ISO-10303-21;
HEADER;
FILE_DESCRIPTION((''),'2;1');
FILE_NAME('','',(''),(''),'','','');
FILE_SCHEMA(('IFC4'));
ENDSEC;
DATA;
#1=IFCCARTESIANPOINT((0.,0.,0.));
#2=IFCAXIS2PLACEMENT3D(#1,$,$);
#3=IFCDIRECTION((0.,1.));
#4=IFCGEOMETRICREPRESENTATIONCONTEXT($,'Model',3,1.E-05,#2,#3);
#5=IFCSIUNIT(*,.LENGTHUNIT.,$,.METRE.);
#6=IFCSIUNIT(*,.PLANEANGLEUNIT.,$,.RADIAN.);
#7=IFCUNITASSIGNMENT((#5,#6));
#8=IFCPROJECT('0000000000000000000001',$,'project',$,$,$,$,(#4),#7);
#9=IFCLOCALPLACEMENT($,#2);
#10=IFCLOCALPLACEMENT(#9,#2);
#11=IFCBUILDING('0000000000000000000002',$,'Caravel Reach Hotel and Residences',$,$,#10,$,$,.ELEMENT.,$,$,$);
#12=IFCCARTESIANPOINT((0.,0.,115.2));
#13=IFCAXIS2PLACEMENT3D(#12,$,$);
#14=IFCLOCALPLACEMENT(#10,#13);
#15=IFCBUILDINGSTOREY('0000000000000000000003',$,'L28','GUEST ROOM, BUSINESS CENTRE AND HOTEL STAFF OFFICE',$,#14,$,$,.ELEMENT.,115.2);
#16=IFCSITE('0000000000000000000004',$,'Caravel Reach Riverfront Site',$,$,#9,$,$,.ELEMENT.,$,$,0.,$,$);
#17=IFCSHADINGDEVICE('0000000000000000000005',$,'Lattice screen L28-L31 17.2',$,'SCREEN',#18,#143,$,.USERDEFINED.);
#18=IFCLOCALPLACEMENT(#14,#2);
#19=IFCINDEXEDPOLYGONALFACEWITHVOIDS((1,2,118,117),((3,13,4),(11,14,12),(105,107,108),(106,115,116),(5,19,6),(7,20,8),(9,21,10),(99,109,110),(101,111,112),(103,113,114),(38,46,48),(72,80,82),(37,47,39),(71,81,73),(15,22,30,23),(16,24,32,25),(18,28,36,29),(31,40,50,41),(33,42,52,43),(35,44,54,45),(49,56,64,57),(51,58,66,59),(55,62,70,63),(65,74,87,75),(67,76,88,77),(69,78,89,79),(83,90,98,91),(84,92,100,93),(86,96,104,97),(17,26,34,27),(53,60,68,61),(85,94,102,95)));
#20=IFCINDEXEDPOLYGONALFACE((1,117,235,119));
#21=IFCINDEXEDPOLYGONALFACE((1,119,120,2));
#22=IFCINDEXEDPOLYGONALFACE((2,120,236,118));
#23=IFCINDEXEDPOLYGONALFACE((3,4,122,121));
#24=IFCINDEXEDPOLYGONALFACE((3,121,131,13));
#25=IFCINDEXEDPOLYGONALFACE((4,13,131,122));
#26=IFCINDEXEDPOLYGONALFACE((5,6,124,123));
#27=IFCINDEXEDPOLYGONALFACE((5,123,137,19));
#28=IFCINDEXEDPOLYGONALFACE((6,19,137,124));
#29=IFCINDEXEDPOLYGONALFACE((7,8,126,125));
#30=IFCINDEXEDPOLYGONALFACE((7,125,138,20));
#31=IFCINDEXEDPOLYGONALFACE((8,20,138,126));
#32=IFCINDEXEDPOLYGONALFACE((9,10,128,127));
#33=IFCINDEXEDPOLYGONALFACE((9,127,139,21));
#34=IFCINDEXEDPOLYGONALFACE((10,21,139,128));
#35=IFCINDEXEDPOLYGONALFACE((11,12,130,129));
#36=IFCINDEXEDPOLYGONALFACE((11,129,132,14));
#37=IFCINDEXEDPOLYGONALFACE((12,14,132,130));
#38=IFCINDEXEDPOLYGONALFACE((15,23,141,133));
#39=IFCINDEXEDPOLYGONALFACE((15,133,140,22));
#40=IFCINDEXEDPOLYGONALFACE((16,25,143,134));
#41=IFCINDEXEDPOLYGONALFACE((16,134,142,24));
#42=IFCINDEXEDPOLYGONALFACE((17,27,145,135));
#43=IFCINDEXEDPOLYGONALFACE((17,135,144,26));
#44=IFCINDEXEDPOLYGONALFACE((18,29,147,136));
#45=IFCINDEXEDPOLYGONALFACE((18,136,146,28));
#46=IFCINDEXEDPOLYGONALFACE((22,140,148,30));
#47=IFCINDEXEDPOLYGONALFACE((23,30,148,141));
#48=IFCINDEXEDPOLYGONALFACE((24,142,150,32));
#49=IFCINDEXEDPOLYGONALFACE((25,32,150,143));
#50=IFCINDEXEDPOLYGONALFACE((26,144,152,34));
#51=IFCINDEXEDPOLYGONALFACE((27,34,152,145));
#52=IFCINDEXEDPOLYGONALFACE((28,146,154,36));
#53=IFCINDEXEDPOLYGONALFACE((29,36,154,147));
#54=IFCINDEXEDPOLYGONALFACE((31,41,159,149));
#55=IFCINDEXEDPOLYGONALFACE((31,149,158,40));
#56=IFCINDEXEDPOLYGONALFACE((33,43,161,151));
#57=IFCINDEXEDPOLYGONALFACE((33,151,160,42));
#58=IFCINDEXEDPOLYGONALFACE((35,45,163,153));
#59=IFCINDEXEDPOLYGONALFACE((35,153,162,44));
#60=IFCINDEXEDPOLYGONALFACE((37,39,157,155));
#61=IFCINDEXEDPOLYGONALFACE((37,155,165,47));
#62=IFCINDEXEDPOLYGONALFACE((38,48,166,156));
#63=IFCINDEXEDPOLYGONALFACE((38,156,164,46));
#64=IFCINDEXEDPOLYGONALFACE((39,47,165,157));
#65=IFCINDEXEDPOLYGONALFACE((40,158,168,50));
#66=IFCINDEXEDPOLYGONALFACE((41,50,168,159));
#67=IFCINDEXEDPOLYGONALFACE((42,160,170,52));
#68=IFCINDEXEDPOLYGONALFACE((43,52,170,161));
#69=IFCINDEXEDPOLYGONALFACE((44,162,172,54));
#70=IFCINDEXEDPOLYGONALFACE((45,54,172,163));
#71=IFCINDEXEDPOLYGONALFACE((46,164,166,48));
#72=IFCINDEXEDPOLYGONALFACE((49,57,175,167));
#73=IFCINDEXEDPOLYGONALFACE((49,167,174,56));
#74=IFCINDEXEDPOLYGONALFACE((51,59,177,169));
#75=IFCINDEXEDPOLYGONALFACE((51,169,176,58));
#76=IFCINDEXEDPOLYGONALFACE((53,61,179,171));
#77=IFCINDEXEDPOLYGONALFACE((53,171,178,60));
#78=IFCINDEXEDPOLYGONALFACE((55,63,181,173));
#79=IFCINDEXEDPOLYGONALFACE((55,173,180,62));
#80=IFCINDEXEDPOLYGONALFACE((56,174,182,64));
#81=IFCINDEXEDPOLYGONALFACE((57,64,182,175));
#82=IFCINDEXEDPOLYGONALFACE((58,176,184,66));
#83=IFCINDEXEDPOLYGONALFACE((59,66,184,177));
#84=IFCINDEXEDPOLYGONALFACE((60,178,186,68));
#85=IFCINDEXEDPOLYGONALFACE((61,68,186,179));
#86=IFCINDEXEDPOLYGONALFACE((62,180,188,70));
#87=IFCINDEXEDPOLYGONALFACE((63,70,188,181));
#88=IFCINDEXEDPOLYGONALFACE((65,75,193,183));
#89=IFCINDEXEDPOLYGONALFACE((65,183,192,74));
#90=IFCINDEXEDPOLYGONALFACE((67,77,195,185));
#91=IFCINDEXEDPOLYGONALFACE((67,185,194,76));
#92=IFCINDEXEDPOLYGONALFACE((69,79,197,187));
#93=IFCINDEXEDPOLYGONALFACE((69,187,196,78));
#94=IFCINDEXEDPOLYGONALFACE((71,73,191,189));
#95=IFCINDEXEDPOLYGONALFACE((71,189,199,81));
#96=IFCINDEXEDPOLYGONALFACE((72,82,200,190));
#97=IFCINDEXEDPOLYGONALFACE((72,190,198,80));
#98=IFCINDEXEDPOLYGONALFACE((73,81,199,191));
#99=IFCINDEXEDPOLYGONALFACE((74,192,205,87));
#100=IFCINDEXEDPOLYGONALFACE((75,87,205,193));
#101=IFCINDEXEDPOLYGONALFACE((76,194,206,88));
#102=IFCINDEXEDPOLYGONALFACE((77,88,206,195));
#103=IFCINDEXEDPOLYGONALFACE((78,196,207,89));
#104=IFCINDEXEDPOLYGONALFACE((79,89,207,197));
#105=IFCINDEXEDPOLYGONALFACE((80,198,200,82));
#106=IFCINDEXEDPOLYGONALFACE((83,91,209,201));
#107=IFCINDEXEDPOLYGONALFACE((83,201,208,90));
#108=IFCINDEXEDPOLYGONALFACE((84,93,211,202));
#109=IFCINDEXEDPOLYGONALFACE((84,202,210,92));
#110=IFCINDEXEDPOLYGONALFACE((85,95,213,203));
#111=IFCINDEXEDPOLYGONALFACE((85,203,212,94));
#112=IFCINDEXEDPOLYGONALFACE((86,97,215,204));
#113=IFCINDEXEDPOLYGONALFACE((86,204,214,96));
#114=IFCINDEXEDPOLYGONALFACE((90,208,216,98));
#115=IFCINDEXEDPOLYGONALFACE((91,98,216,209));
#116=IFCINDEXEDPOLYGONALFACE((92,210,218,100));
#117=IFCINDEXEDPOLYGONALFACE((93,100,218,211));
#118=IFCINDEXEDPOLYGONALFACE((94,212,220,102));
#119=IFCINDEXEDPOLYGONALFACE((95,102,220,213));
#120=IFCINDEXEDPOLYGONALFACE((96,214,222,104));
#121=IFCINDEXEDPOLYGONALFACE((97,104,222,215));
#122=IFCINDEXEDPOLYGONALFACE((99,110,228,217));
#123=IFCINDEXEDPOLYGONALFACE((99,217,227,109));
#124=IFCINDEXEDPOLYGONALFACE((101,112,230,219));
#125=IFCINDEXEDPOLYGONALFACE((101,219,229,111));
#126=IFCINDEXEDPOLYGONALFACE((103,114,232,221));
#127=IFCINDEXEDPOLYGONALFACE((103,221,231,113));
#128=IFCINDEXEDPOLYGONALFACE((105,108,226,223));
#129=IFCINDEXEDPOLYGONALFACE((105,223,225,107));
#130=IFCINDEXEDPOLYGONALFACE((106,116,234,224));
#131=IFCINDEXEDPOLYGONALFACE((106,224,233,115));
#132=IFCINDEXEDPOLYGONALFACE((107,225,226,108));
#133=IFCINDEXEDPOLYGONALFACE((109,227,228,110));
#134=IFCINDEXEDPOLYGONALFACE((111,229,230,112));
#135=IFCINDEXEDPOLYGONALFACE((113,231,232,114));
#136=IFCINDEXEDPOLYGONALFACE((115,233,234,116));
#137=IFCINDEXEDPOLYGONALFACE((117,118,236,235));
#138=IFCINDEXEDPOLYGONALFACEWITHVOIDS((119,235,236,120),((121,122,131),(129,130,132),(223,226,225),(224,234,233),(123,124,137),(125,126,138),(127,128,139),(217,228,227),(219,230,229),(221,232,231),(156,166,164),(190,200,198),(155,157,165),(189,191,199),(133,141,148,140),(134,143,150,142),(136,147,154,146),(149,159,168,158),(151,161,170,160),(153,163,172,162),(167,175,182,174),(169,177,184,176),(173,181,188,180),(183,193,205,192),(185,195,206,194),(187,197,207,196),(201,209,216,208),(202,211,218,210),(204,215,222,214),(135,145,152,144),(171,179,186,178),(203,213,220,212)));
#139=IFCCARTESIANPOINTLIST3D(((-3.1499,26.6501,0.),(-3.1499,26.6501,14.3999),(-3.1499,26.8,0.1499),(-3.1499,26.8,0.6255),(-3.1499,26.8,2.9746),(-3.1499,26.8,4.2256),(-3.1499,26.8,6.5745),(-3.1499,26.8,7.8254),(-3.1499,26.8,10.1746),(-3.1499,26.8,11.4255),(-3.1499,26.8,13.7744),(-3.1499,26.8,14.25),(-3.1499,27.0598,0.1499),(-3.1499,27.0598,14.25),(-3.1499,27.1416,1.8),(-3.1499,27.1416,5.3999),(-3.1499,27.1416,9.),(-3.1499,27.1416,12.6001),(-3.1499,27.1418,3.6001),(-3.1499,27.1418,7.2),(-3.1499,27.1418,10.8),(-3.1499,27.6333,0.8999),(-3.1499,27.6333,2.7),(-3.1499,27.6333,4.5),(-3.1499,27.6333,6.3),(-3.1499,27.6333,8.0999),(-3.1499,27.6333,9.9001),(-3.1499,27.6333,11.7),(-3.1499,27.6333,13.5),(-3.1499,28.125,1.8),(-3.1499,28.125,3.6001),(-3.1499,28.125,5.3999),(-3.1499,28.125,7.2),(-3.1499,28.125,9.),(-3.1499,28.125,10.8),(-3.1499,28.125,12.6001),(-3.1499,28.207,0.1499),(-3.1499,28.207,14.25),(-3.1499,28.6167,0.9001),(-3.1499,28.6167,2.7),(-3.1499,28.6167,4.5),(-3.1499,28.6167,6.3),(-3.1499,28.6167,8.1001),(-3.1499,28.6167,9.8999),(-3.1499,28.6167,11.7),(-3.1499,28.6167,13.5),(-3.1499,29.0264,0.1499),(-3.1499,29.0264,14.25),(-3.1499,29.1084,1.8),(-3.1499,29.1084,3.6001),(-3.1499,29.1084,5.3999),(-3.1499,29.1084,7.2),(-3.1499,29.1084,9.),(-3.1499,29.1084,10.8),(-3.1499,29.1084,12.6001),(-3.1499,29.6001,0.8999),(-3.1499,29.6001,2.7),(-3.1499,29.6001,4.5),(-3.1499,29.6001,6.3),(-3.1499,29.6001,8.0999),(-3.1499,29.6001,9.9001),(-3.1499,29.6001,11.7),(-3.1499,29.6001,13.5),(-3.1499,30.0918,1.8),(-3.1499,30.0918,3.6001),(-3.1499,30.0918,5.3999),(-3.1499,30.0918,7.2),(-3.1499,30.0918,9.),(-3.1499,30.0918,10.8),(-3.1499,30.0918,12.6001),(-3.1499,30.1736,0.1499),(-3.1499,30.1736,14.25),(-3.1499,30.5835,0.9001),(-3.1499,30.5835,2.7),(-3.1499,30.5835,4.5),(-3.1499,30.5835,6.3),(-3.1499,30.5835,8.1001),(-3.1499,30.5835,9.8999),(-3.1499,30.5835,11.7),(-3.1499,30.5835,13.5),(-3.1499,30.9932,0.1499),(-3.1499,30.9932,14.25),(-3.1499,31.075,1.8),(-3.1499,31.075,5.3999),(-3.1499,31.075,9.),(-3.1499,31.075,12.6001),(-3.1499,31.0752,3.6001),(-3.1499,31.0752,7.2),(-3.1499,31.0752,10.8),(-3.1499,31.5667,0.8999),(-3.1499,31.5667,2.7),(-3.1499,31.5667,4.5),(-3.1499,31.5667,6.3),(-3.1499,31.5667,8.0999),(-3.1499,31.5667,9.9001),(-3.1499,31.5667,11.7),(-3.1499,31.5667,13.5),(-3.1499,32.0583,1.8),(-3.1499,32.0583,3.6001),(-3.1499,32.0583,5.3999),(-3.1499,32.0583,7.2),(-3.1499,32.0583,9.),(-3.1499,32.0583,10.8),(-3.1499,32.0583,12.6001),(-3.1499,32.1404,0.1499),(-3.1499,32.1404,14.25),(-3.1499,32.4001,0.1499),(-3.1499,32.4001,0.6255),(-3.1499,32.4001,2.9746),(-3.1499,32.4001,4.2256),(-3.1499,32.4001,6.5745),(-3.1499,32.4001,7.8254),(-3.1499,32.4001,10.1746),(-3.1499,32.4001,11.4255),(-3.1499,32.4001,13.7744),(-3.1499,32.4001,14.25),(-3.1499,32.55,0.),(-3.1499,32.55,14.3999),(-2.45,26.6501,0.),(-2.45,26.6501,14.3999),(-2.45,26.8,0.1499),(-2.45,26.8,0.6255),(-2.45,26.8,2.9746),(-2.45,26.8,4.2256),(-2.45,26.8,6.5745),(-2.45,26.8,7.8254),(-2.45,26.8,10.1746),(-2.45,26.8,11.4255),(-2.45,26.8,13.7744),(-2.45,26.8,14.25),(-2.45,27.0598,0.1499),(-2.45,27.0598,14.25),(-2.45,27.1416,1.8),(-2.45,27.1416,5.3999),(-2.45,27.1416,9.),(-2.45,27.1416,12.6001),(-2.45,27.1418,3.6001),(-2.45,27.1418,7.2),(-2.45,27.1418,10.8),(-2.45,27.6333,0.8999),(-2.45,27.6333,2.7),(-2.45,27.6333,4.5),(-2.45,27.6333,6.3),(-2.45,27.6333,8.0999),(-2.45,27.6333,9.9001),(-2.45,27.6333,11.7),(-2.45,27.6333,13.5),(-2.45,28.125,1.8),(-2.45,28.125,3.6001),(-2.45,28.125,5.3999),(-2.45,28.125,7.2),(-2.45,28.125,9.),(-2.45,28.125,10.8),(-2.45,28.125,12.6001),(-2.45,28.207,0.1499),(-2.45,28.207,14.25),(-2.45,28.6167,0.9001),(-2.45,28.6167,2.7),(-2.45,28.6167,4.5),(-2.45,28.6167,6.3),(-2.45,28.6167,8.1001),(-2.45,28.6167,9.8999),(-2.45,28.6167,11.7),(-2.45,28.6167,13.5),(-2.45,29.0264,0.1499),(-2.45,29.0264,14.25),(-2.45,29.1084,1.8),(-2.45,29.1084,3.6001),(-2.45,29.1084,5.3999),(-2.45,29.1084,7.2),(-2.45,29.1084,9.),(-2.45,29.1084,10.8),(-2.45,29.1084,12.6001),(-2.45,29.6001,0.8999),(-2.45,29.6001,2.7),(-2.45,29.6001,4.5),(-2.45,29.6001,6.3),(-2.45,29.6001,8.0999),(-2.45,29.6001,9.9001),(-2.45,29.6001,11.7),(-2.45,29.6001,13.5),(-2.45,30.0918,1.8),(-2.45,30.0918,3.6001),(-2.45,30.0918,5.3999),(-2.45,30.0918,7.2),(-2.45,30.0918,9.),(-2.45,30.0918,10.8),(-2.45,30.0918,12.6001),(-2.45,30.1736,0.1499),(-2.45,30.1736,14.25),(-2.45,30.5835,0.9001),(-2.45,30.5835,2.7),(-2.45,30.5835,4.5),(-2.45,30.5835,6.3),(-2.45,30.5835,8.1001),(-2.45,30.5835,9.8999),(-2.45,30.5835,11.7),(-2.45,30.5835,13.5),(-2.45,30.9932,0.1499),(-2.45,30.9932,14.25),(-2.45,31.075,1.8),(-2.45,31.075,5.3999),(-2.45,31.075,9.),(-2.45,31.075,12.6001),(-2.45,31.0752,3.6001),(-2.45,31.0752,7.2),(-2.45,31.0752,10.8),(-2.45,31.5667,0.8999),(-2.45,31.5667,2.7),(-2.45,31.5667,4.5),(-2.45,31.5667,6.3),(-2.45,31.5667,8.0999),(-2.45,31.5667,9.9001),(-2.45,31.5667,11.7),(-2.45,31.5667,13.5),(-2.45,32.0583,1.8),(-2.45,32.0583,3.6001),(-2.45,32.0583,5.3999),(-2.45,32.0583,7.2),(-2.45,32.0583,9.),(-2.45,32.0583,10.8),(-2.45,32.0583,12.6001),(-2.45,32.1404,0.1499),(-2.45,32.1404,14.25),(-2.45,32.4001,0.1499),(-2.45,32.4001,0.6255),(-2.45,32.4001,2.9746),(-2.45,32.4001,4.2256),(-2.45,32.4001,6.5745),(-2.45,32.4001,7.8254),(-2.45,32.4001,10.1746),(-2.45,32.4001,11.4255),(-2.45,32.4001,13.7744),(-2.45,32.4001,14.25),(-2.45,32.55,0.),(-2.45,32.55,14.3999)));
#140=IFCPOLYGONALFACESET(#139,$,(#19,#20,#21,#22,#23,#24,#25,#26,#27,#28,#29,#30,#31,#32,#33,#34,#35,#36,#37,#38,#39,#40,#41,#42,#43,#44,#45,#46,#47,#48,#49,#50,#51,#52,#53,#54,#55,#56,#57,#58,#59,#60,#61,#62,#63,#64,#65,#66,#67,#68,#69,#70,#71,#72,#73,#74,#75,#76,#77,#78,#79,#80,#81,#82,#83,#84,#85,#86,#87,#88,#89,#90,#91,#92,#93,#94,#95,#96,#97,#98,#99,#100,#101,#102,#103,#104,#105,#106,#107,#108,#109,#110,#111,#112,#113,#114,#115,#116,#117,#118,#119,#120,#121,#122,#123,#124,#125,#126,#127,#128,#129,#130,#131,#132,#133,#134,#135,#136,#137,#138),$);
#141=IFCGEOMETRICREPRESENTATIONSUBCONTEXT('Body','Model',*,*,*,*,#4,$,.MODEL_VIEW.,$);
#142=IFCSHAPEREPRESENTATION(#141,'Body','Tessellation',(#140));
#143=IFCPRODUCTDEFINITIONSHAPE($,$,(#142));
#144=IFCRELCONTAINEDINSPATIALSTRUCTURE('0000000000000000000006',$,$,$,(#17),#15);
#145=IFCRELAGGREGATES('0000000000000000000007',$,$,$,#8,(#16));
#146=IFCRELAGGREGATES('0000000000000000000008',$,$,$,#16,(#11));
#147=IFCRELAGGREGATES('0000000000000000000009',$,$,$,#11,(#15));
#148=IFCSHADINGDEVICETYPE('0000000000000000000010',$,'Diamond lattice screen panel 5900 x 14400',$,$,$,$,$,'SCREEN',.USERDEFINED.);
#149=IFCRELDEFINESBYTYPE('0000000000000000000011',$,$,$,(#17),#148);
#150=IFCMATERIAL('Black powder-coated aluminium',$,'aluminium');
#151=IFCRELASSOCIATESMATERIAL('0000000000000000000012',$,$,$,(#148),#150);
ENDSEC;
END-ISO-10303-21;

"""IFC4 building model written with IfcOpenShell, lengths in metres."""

from ifc_helpers import new_model, si_unit, direction, frame, origin, place, context, subcontext, project, spatial, polyline, outline, extrude, material, type_object, element, save


model = new_model("IFC4")

# Units and contexts
model_context = context("Model", 3, precision=1e-05, world=origin(), true_north=direction((0.0, 1.0)))
body_context = subcontext(model_context, "Body", "Model", "MODEL_VIEW")
ifc_project = project(units=[si_unit("LENGTHUNIT", "METRE"), si_unit("PLANEANGLEUNIT", "RADIAN")], contexts=[model_context])

# Site, building, storey
site_placement = place(None, origin())
site = spatial("IfcSite", under=ifc_project, at=site_placement, Name="Caravel Reach Riverfront Site", CompositionType="ELEMENT", RefElevation=0.0)
building_placement = place(site_placement, origin())
building = spatial("IfcBuilding", under=site, at=building_placement, Name="Caravel Reach Hotel and Residences", CompositionType="ELEMENT")
storey_placement = place(building_placement, frame((0.0, 0.0, 115.2)))
storey = spatial("IfcBuildingStorey", under=building, at=storey_placement, Name="L28", Description="GUEST ROOM, BUSINESS CENTRE AND HOTEL STAFF OFFICE", CompositionType="ELEMENT", Elevation=115.2)

# Shading device
ifc_material_1 = material(Name="Black powder-coated aluminium", Category="aluminium")
shading_device_type = type_object("IfcShadingDeviceType", Name="Diamond lattice screen panel 5900 x 14400", ElementType="SCREEN", PredefinedType="USERDEFINED", material=ifc_material_1)
shading_device_1_placement = place(storey_placement, frame((-2.45, 32.55, 0.0), z_axis=(-1.0, 0.0, 0.0), x_axis=(0.0, -1.0, 0.0)))
element("IfcShadingDevice", 1, at=shading_device_1_placement, inside=storey, type_object=shading_device_type, Name="Lattice screen L28-L31 17.2", ObjectType="SCREEN", PredefinedType="USERDEFINED", context=body_context, shape_type="SweptSolid", body=[
    extrude(outline(polyline([(0.0, 0.0), (5.8999, 0.0), (5.8999, 14.3999), (0.0, 14.3999), (0.0, 0.0)]), holes=[polyline([(0.4097, 0.1499), (0.1499, 0.6255), (0.1499, 0.1499), (0.4097, 0.1499)]), polyline([(0.4917, 3.6001), (0.1499, 4.2256), (0.1499, 2.9746), (0.4917, 3.6001)]), polyline([(0.4917, 7.2), (0.1499, 7.8254), (0.1499, 6.5745), (0.4917, 7.2)]), polyline([(0.4917, 10.8), (0.1499, 11.4255), (0.1499, 10.1746), (0.4917, 10.8)]), polyline([(0.1499, 13.7744), (0.4097, 14.25), (0.1499, 14.25), (0.1499, 13.7744)]), polyline([(0.9834, 2.7), (0.4917, 1.8), (0.9834, 0.8999), (1.4751, 1.8), (0.9834, 2.7)]), polyline([(0.9834, 6.3), (0.4917, 5.3999), (0.9834, 4.5), (1.4751, 5.3999), (0.9834, 6.3)]), polyline([(0.9834, 9.9001), (0.4917, 9.0), (0.9834, 8.0999), (1.4751, 9.0), (0.9834, 9.9001)]), polyline([(0.9834, 13.5), (0.4917, 12.6001), (0.9834, 11.7), (1.4751, 12.6001), (0.9834, 13.5)]), polyline([(1.9666, 0.9001), (1.5569, 0.1499), (2.3765, 0.1499), (1.9666, 0.9001)]), polyline([(1.9666, 4.5), (1.4749, 3.6001), (1.9666, 2.7), (2.4583, 3.6001), (1.9666, 4.5)]), polyline([(1.9666, 8.1001), (1.4749, 7.2), (1.9666, 6.3), (2.4583, 7.2), (1.9666, 8.1001)]), polyline([(1.9666, 11.7), (1.4749, 10.8), (1.9666, 9.8999), (2.4583, 10.8), (1.9666, 11.7)]), polyline([(1.9666, 13.5), (2.3765, 14.25), (1.5569, 14.25), (1.9666, 13.5)]), polyline([(2.95, 2.7), (2.4583, 1.8), (2.95, 0.8999), (3.4417, 1.8), (2.95, 2.7)]), polyline([(2.95, 6.3), (2.4583, 5.3999), (2.95, 4.5), (3.4417, 5.3999), (2.95, 6.3)]), polyline([(2.95, 9.9001), (2.4583, 9.0), (2.95, 8.0999), (3.4417, 9.0), (2.95, 9.9001)]), polyline([(2.95, 13.5), (2.4583, 12.6001), (2.95, 11.7), (3.4417, 12.6001), (2.95, 13.5)]), polyline([(3.9333, 0.9001), (3.5237, 0.1499), (4.343, 0.1499), (3.9333, 0.9001)]), polyline([(3.9333, 4.5), (3.4417, 3.6001), (3.9333, 2.7), (4.425, 3.6001), (3.9333, 4.5)]), polyline([(3.9333, 8.1001), (3.4417, 7.2), (3.9333, 6.3), (4.425, 7.2), (3.9333, 8.1001)]), polyline([(3.9333, 11.7), (3.4417, 10.8), (3.9333, 9.8999), (4.425, 10.8), (3.9333, 11.7)]), polyline([(3.9333, 13.5), (4.343, 14.25), (3.5237, 14.25), (3.9333, 13.5)]), polyline([(4.9167, 2.7), (4.425, 1.8), (4.9167, 0.8999), (5.4084, 1.8), (4.9167, 2.7)]), polyline([(4.9167, 6.3), (4.425, 5.3999), (4.9167, 4.5), (5.4084, 5.3999), (4.9167, 6.3)]), polyline([(4.9167, 9.9001), (4.425, 9.0), (4.9167, 8.0999), (5.4084, 9.0), (4.9167, 9.9001)]), polyline([(4.9167, 13.5), (4.425, 12.6001), (4.9167, 11.7), (5.4084, 12.6001), (4.9167, 13.5)]), polyline([(5.75, 0.6255), (5.4902, 0.1499), (5.75, 0.1499), (5.75, 0.6255)]), polyline([(5.4082, 3.6001), (5.75, 2.9746), (5.75, 4.2256), (5.4082, 3.6001)]), polyline([(5.4082, 7.2), (5.75, 6.5745), (5.75, 7.8254), (5.4082, 7.2)]), polyline([(5.4082, 10.8), (5.75, 10.1746), (5.75, 11.4255), (5.4082, 10.8)]), polyline([(5.4902, 14.25), (5.75, 13.7744), (5.75, 14.25), (5.4902, 14.25)])]), origin(), (0.0, 0.0, 1.0), 0.7),
])

save(model, "model.ifc")
